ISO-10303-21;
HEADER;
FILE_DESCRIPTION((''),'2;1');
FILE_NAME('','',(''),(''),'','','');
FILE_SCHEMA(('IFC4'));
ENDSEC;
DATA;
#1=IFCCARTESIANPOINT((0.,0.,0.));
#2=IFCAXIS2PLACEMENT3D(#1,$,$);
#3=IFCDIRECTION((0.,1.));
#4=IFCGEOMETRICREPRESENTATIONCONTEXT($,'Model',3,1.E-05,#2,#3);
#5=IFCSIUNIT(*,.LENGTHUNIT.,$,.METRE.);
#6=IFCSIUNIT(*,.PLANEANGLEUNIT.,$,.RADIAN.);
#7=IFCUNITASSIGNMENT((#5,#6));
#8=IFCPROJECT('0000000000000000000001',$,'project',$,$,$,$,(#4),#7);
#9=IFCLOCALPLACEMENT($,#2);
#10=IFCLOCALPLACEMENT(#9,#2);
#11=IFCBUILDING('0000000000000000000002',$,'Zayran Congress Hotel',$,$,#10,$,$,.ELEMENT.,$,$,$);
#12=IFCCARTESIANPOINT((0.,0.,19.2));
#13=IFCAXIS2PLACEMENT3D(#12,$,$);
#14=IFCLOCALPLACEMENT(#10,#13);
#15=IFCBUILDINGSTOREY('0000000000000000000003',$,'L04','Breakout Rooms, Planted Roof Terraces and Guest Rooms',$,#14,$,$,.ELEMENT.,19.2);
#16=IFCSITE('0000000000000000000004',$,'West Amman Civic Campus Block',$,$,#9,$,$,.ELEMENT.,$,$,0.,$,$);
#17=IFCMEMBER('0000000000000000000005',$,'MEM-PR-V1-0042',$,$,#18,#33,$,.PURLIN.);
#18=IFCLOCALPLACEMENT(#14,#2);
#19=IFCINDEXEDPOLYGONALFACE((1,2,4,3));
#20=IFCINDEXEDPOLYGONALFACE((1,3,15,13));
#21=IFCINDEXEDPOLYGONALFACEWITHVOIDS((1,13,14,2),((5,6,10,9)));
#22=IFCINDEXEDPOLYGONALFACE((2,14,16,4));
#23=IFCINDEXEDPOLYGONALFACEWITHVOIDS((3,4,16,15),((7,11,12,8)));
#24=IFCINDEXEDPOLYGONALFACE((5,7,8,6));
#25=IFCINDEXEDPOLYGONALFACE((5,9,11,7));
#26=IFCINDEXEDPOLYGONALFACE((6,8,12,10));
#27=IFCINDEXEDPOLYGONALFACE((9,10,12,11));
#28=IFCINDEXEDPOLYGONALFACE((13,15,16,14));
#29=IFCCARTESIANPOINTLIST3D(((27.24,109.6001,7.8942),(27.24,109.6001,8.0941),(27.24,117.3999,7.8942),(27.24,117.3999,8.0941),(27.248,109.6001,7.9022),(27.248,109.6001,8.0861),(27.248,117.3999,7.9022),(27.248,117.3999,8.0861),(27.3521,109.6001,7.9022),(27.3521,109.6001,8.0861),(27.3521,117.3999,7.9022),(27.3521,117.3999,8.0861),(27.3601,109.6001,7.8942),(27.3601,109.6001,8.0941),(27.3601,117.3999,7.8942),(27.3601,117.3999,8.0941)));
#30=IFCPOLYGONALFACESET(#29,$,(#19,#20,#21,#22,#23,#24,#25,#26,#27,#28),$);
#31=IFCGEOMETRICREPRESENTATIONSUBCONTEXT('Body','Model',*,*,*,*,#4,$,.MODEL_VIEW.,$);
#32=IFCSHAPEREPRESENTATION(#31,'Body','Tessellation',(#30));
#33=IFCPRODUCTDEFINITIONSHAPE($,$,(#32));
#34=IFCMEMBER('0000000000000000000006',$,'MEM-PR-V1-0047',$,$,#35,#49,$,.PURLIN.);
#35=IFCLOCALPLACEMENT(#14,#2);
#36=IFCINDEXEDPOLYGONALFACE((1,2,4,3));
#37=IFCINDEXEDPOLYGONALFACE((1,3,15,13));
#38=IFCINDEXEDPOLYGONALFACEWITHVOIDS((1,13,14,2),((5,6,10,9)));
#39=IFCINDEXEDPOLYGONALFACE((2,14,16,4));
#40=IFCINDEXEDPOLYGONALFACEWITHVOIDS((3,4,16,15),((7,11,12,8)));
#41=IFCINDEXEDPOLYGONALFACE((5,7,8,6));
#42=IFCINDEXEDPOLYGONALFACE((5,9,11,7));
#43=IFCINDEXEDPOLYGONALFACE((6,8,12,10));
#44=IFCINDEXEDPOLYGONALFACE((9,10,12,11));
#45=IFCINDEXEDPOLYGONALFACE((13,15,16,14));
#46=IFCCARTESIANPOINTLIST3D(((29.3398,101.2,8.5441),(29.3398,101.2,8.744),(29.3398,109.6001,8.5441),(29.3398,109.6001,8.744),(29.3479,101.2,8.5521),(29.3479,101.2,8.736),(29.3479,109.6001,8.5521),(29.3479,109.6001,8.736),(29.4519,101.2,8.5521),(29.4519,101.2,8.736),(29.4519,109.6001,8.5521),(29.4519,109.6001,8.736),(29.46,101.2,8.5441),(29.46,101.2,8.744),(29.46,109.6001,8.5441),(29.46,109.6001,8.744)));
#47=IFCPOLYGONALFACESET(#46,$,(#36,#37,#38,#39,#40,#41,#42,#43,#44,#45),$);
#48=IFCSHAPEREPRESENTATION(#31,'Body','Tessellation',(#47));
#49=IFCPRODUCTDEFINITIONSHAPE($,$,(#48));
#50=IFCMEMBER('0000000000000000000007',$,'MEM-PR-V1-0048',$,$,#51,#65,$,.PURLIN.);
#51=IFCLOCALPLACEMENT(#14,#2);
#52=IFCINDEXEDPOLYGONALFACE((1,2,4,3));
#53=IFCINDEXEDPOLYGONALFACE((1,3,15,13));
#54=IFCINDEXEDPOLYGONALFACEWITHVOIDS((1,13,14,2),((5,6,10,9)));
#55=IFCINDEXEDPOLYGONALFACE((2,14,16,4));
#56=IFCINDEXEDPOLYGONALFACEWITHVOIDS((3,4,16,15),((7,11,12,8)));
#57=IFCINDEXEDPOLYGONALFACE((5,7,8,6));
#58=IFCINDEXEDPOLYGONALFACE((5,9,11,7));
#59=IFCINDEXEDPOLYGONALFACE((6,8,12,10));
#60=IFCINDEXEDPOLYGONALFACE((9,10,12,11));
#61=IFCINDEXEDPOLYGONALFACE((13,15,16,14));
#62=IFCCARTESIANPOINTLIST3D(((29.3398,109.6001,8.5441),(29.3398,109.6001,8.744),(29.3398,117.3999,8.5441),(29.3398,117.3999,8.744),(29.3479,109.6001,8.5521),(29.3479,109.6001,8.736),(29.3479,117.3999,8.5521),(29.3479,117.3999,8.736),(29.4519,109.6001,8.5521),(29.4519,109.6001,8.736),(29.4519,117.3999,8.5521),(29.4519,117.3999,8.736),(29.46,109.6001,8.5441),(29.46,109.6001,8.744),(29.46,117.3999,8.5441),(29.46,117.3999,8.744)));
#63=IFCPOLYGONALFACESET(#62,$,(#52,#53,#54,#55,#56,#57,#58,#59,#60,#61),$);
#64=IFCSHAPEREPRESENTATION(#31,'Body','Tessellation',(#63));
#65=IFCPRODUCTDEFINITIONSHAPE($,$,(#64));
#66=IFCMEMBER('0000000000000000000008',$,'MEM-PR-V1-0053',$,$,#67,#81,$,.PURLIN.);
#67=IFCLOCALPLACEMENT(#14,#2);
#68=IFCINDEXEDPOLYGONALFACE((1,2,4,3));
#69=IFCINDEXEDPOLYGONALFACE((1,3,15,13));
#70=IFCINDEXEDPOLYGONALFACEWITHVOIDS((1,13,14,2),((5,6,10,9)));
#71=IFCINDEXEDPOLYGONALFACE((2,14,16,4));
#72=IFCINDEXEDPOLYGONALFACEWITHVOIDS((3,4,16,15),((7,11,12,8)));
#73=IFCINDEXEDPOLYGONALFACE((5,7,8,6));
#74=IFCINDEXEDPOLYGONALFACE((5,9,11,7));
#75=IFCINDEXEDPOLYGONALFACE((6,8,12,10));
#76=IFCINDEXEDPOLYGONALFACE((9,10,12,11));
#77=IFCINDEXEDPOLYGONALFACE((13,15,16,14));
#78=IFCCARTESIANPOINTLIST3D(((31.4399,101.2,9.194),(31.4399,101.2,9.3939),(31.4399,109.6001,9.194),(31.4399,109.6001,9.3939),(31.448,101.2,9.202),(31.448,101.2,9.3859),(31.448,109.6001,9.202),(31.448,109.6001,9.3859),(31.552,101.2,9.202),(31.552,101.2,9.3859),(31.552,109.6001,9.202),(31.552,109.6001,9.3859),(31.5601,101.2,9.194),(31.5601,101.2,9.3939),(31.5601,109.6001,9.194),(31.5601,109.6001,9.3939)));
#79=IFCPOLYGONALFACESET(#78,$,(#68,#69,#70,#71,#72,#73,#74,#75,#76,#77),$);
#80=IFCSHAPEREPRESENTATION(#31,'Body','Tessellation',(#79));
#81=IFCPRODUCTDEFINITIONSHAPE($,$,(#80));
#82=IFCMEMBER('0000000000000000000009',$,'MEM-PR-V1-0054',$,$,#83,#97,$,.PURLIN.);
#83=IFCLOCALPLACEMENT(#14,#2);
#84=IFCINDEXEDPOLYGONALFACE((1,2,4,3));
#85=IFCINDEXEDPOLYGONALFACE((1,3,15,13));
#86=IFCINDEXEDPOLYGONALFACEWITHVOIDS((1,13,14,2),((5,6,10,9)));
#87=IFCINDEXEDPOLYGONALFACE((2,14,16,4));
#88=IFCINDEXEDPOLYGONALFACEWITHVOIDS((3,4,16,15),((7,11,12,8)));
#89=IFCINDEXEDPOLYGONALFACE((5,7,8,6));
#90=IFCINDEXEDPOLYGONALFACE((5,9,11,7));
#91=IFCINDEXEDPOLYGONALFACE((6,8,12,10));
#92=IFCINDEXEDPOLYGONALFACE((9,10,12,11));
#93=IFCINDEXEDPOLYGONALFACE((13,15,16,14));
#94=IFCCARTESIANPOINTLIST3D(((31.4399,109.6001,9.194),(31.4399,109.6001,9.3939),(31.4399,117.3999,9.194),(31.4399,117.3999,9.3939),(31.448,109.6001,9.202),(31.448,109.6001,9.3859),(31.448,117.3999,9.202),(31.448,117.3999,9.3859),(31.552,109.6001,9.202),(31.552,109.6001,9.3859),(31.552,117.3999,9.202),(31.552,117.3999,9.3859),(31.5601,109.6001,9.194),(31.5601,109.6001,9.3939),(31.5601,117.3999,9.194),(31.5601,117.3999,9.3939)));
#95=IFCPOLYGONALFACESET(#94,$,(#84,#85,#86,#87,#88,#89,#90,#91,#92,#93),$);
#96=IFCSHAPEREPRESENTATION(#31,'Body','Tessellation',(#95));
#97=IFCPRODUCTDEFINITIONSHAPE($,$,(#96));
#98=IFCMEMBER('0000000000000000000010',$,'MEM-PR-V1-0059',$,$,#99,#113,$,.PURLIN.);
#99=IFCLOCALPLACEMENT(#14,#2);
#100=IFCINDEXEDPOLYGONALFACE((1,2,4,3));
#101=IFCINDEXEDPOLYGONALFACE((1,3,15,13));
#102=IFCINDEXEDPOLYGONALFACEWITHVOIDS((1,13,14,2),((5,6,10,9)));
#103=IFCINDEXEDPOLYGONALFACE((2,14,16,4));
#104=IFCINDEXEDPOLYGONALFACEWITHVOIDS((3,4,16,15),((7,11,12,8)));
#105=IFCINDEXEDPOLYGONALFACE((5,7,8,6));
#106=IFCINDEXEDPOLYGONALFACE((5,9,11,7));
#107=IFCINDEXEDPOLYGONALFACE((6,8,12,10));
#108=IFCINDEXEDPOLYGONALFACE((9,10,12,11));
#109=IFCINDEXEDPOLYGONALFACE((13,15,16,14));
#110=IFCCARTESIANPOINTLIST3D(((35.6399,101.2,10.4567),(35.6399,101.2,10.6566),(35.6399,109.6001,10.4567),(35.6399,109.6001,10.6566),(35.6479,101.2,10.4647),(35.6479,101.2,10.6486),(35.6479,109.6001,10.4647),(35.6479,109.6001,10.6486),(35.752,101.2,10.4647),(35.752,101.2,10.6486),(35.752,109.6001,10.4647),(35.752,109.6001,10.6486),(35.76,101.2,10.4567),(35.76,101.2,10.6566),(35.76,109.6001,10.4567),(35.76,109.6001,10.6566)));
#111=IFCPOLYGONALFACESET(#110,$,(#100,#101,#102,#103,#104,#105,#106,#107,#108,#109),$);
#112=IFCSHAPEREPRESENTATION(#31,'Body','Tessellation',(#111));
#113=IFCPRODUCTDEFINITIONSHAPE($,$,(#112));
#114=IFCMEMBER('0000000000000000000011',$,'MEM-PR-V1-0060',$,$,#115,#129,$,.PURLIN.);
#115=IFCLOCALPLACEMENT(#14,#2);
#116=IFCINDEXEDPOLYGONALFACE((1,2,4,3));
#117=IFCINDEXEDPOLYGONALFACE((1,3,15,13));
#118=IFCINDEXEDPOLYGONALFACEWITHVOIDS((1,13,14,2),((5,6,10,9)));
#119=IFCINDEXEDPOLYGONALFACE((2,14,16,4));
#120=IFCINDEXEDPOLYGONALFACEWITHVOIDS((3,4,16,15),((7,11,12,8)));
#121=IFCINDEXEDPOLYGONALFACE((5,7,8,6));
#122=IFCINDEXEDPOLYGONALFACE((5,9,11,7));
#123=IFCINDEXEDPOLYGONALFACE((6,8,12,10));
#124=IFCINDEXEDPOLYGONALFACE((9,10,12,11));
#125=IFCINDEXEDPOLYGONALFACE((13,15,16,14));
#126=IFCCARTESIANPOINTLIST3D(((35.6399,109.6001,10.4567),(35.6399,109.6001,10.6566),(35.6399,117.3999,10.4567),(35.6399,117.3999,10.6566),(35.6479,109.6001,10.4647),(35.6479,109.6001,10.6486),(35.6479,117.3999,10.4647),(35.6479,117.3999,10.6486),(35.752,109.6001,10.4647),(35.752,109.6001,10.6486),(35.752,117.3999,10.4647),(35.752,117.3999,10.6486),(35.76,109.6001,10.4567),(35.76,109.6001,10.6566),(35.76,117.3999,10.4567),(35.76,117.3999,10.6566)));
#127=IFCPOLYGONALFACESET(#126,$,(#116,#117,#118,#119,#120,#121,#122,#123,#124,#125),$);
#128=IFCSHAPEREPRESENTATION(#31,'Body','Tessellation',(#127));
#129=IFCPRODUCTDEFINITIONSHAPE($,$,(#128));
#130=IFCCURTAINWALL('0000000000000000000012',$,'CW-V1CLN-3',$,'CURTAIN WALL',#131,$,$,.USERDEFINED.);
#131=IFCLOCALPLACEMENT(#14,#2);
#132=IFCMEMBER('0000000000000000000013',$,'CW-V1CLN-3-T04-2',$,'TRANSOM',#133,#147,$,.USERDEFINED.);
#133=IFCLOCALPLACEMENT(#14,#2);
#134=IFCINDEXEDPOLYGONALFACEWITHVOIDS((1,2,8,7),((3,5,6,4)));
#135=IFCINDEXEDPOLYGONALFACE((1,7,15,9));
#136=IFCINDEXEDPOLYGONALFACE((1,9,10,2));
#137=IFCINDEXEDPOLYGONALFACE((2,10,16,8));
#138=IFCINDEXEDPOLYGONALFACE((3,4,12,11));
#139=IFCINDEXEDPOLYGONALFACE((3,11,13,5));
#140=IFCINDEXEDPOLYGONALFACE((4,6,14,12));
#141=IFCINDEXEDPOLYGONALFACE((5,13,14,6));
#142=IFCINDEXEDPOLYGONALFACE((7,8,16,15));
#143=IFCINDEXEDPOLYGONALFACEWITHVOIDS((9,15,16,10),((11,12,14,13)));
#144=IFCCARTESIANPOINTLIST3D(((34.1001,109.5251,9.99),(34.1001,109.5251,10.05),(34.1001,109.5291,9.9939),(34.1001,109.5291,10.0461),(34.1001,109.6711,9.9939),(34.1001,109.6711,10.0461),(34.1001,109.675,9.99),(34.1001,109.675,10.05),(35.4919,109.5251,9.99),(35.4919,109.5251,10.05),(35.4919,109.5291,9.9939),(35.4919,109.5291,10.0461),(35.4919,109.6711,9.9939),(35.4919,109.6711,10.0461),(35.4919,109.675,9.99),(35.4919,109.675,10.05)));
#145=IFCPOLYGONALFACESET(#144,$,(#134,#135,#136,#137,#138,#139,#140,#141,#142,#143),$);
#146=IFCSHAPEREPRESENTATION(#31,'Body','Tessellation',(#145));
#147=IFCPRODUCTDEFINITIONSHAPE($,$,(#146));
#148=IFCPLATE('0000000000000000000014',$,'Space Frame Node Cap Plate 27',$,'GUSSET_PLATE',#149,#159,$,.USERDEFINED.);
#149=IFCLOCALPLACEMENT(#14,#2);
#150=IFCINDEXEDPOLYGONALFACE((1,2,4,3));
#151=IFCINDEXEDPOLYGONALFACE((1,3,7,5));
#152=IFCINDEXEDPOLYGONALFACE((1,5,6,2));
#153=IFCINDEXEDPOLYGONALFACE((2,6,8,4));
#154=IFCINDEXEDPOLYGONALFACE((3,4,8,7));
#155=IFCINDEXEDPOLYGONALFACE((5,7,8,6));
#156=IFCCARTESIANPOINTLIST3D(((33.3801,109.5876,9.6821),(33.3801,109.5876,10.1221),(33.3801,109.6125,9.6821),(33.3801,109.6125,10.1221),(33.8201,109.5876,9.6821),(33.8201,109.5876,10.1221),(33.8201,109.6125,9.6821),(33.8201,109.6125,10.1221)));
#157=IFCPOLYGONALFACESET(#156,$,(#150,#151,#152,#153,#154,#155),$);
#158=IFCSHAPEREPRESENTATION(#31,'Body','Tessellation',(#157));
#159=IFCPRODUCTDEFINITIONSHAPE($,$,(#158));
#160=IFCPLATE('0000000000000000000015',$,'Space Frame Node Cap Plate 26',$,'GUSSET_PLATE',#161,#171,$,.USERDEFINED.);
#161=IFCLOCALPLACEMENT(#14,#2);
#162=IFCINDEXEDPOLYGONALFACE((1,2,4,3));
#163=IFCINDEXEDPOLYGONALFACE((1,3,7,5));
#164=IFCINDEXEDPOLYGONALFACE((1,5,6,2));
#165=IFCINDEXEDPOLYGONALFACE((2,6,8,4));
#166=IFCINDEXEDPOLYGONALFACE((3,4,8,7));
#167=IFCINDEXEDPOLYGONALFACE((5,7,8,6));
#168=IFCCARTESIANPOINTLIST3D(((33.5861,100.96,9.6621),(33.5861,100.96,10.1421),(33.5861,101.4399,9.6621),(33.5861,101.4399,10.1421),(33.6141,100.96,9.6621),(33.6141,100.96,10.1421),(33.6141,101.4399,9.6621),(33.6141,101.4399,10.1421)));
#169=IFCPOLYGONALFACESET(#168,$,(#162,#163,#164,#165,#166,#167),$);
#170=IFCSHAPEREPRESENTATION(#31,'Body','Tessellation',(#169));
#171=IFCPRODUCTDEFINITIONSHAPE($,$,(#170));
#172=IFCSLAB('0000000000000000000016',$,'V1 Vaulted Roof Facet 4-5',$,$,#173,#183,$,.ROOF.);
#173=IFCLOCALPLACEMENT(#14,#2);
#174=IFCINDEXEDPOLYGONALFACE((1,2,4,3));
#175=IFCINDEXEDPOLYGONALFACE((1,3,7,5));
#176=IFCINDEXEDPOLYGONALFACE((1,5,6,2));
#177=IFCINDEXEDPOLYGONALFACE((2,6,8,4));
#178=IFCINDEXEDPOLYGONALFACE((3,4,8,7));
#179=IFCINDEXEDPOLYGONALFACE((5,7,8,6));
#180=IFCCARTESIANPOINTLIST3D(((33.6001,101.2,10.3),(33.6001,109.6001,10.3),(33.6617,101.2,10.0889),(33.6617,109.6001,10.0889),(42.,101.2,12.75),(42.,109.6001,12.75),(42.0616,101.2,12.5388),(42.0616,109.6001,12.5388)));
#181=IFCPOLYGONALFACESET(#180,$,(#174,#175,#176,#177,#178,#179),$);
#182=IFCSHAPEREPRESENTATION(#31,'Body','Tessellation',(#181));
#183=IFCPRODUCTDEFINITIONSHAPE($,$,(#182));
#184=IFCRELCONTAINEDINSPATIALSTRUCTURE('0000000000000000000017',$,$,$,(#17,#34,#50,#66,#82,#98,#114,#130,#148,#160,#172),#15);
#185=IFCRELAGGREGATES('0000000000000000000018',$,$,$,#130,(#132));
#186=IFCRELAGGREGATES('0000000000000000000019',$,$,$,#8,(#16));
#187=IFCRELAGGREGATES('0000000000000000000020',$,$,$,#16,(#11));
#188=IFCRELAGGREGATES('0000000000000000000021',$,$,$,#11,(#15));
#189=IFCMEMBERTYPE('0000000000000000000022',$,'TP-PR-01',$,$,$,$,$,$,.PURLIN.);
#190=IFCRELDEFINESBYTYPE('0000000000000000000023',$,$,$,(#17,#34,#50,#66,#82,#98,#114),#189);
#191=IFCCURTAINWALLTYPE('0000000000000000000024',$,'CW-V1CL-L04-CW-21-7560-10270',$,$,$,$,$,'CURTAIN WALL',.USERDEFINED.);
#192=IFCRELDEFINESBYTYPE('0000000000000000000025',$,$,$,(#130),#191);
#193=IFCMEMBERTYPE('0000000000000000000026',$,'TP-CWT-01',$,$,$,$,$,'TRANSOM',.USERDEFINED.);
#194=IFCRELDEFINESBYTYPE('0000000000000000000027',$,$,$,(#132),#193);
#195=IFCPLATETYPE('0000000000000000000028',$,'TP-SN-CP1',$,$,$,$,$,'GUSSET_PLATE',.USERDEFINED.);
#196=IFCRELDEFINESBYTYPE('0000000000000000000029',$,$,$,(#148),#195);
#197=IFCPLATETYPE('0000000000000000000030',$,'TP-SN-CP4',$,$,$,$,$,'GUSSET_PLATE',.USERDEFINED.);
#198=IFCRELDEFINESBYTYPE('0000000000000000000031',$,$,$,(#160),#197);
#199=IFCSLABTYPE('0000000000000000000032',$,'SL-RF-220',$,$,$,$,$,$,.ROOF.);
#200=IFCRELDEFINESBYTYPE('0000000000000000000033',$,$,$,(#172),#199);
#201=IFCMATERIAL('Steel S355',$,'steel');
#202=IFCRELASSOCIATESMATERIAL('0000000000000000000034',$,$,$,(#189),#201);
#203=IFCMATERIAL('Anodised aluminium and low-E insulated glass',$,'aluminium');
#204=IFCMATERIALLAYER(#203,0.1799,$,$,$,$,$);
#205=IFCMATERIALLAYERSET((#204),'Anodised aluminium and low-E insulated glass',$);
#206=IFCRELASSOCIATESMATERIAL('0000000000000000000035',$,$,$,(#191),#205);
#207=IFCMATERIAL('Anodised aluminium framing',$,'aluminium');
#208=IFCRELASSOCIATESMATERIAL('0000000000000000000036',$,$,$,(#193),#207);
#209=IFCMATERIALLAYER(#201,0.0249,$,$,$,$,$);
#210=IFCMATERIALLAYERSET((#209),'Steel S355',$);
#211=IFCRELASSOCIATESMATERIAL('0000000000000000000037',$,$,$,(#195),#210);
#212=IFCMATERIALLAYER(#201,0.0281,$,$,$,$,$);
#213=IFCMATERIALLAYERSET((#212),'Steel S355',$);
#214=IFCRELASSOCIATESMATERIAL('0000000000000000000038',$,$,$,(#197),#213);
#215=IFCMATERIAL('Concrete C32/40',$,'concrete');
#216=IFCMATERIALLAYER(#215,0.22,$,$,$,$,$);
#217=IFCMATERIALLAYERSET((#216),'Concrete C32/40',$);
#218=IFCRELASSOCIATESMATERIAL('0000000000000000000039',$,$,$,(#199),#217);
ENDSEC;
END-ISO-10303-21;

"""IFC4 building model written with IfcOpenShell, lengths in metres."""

from ifc_helpers import new_model, si_unit, direction, frame, origin, origin_2d, place, context, subcontext, project, spatial, polyline, rectangle, hollow_rectangle, outline, extrude, material, layer, layer_set, material_profile, profile_set, type_object, element, aggregate, save


model = new_model("IFC4")

# Units and contexts
model_context = context("Model", 3, precision=1e-05, world=origin(), true_north=direction((0.0, 1.0)))
body_context = subcontext(model_context, "Body", "Model", "MODEL_VIEW")
ifc_project = project(units=[si_unit("LENGTHUNIT", "METRE"), si_unit("PLANEANGLEUNIT", "RADIAN")], contexts=[model_context])

# Site, building, storey
site_placement = place(None, origin())
site = spatial("IfcSite", under=ifc_project, at=site_placement, Name="West Amman Civic Campus Block", CompositionType="ELEMENT", RefElevation=0.0)
building_placement = place(site_placement, origin())
building = spatial("IfcBuilding", under=site, at=building_placement, Name="Zayran Congress Hotel", CompositionType="ELEMENT")
storey_placement = place(building_placement, frame((0.0, 0.0, 19.2)))
storey = spatial("IfcBuildingStorey", under=building, at=storey_placement, Name="L04", Description="Breakout Rooms, Planted Roof Terraces and Guest Rooms", CompositionType="ELEMENT", Elevation=19.2)

# Members
ifc_material_1 = material(Name="Steel S355", Category="steel")
ifc_material_profile_1 = material_profile(ifc_material_1, hollow_rectangle(XDim=0.1201, YDim=0.2, WallThickness=0.0081, at=origin_2d()), Name="RHS 200x120x8")
ifc_profile_set_1 = profile_set([ifc_material_profile_1], Name="Steel S355")
member_type_1 = type_object("IfcMemberType", Name="TP-PR-01", PredefinedType="PURLIN", material=ifc_profile_set_1)
member_1_placement = place(storey_placement, frame((27.3, 109.6001, 7.9941), z_axis=(0.0, 1.0, 0.0), x_axis=(-1.0, 0.0, 0.0)))
element("IfcMember", 1, at=member_1_placement, inside=storey, type_object=member_type_1, Name="MEM-PR-V1-0042", PredefinedType="PURLIN", context=body_context, shape_type="SweptSolid", body=[
    extrude(hollow_rectangle(XDim=0.1201, YDim=0.2, WallThickness=0.0081, at=origin_2d()), origin(), (0.0, 0.0, 1.0), 7.7998),
])
member_2_placement = place(storey_placement, frame((29.3999, 101.2, 8.644), z_axis=(0.0, 1.0, 0.0), x_axis=(-1.0, 0.0, 0.0)))
element("IfcMember", 2, at=member_2_placement, inside=storey, type_object=member_type_1, Name="MEM-PR-V1-0047", PredefinedType="PURLIN", context=body_context, shape_type="SweptSolid", body=[
    extrude(hollow_rectangle(XDim=0.1201, YDim=0.2, WallThickness=0.0081, at=origin_2d()), origin(), (0.0, 0.0, 1.0), 8.4001),
])
member_3_placement = place(storey_placement, frame((29.3999, 109.6001, 8.644), z_axis=(0.0, 1.0, 0.0), x_axis=(-1.0, 0.0, 0.0)))
element("IfcMember", 3, at=member_3_placement, inside=storey, type_object=member_type_1, Name="MEM-PR-V1-0048", PredefinedType="PURLIN", context=body_context, shape_type="SweptSolid", body=[
    extrude(hollow_rectangle(XDim=0.1201, YDim=0.2, WallThickness=0.0081, at=origin_2d()), origin(), (0.0, 0.0, 1.0), 7.7998),
])
member_4_placement = place(storey_placement, frame((31.5, 101.2, 9.2939), z_axis=(0.0, 1.0, 0.0), x_axis=(-1.0, 0.0, 0.0)))
element("IfcMember", 4, at=member_4_placement, inside=storey, type_object=member_type_1, Name="MEM-PR-V1-0053", PredefinedType="PURLIN", context=body_context, shape_type="SweptSolid", body=[
    extrude(hollow_rectangle(XDim=0.1201, YDim=0.2, WallThickness=0.0081, at=origin_2d()), origin(), (0.0, 0.0, 1.0), 8.4001),
])
member_5_placement = place(storey_placement, frame((31.5, 109.6001, 9.2939), z_axis=(0.0, 1.0, 0.0), x_axis=(-1.0, 0.0, 0.0)))
element("IfcMember", 5, at=member_5_placement, inside=storey, type_object=member_type_1, Name="MEM-PR-V1-0054", PredefinedType="PURLIN", context=body_context, shape_type="SweptSolid", body=[
    extrude(hollow_rectangle(XDim=0.1201, YDim=0.2, WallThickness=0.0081, at=origin_2d()), origin(), (0.0, 0.0, 1.0), 7.7998),
])
member_6_placement = place(storey_placement, frame((35.7, 101.2, 10.5566), z_axis=(0.0, 1.0, 0.0), x_axis=(-1.0, 0.0, 0.0)))
element("IfcMember", 6, at=member_6_placement, inside=storey, type_object=member_type_1, Name="MEM-PR-V1-0059", PredefinedType="PURLIN", context=body_context, shape_type="SweptSolid", body=[
    extrude(hollow_rectangle(XDim=0.1201, YDim=0.2, WallThickness=0.0081, at=origin_2d()), origin(), (0.0, 0.0, 1.0), 8.4001),
])
member_7_placement = place(storey_placement, frame((35.7, 109.6001, 10.5566), z_axis=(0.0, 1.0, 0.0), x_axis=(-1.0, 0.0, 0.0)))
element("IfcMember", 7, at=member_7_placement, inside=storey, type_object=member_type_1, Name="MEM-PR-V1-0060", PredefinedType="PURLIN", context=body_context, shape_type="SweptSolid", body=[
    extrude(hollow_rectangle(XDim=0.1201, YDim=0.2, WallThickness=0.0081, at=origin_2d()), origin(), (0.0, 0.0, 1.0), 7.7998),
])

# Curtain wall, member
ifc_material_2 = material(Name="Anodised aluminium and low-E insulated glass", Category="aluminium")
ifc_layer_1 = layer(ifc_material_2, 0.1799)
ifc_layer_set_1 = layer_set([ifc_layer_1], Name="Anodised aluminium and low-E insulated glass")
curtain_wall_type = type_object("IfcCurtainWallType", Name="CW-V1CL-L04-CW-21-7560-10270", ElementType="CURTAIN WALL", PredefinedType="USERDEFINED", material=ifc_layer_set_1)
curtain_wall_placement = place(storey_placement, origin())
curtain_wall = element("IfcCurtainWall", 8, at=curtain_wall_placement, inside=storey, type_object=curtain_wall_type, Name="CW-V1CLN-3", ObjectType="CURTAIN WALL", PredefinedType="USERDEFINED")
ifc_material_3 = material(Name="Anodised aluminium framing", Category="aluminium")
ifc_material_profile_2 = material_profile(ifc_material_3, hollow_rectangle(XDim=0.0601, YDim=0.1499, WallThickness=0.0039, at=origin_2d()), Name="RHS 150x60x4")
ifc_profile_set_2 = profile_set([ifc_material_profile_2], Name="Anodised aluminium framing")
member_type_2 = type_object("IfcMemberType", Name="TP-CWT-01", ElementType="TRANSOM", PredefinedType="USERDEFINED", material=ifc_profile_set_2)
member_8_placement = place(storey_placement, frame((35.4919, 109.6001, 10.02), z_axis=(-1.0, 0.0, 0.0), x_axis=(0.0, 0.0, 1.0)))
member_8 = element("IfcMember", 9, at=member_8_placement, type_object=member_type_2, Name="CW-V1CLN-3-T04-2", ObjectType="TRANSOM", PredefinedType="USERDEFINED", context=body_context, shape_type="SweptSolid", body=[
    extrude(hollow_rectangle(XDim=0.0601, YDim=0.1499, WallThickness=0.0039, at=origin_2d()), origin(), (0.0, 0.0, 1.0), 1.3918),
])
aggregate(curtain_wall, [member_8])

# Plates
ifc_layer_2 = layer(ifc_material_1, 0.0249)
ifc_layer_set_2 = layer_set([ifc_layer_2], Name="Steel S355")
plate_type_1 = type_object("IfcPlateType", Name="TP-SN-CP1", ElementType="GUSSET_PLATE", PredefinedType="USERDEFINED", material=ifc_layer_set_2)
plate_1_placement = place(storey_placement, frame((33.6001, 109.6001, 9.6821), z_axis=(0.0, 0.0, 1.0), x_axis=(1.0, 0.0, 0.0)))
element("IfcPlate", 10, at=plate_1_placement, inside=storey, type_object=plate_type_1, Name="Space Frame Node Cap Plate 27", ObjectType="GUSSET_PLATE", PredefinedType="USERDEFINED", context=body_context, shape_type="SweptSolid", body=[
    extrude(rectangle(XDim=0.4399, YDim=0.0249, at=origin_2d()), origin(), (0.0, 0.0, 1.0), 0.4399),
])
ifc_layer_3 = layer(ifc_material_1, 0.0281)
ifc_layer_set_3 = layer_set([ifc_layer_3], Name="Steel S355")
plate_type_2 = type_object("IfcPlateType", Name="TP-SN-CP4", ElementType="GUSSET_PLATE", PredefinedType="USERDEFINED", material=ifc_layer_set_3)
plate_2_placement = place(storey_placement, frame((33.6001, 101.2, 9.6621), z_axis=(0.0, 0.0, 1.0), x_axis=(0.0, 1.0, 0.0)))
element("IfcPlate", 11, at=plate_2_placement, inside=storey, type_object=plate_type_2, Name="Space Frame Node Cap Plate 26", ObjectType="GUSSET_PLATE", PredefinedType="USERDEFINED", context=body_context, shape_type="SweptSolid", body=[
    extrude(rectangle(XDim=0.48, YDim=0.0281, at=origin_2d()), origin(), (0.0, 0.0, 1.0), 0.48),
])

# Slab
ifc_material_4 = material(Name="Concrete C32/40", Category="concrete")
ifc_layer_4 = layer(ifc_material_4, 0.22)
ifc_layer_set_4 = layer_set([ifc_layer_4], Name="Concrete C32/40")
slab_type = type_object("IfcSlabType", Name="SL-RF-220", PredefinedType="ROOF", material=ifc_layer_set_4)
slab_1_placement = place(storey_placement, frame((33.6001, 101.2, 10.3), z_axis=(-0.279998, 0.0, 0.960001), x_axis=(0.960001, 0.0, 0.279998)))
element("IfcSlab", 12, at=slab_1_placement, inside=storey, type_object=slab_type, Name="V1 Vaulted Roof Facet 4-5", PredefinedType="ROOF", context=body_context, shape_type="SweptSolid", body=[
    extrude(outline(polyline([(0.0, 0.0), (8.7499, 0.0), (8.7499, 8.4001), (0.0, 8.4001), (0.0, 0.0)])), origin(), (0.0, 0.0, -1.0), 0.22),
])

save(model, "model.ifc")
